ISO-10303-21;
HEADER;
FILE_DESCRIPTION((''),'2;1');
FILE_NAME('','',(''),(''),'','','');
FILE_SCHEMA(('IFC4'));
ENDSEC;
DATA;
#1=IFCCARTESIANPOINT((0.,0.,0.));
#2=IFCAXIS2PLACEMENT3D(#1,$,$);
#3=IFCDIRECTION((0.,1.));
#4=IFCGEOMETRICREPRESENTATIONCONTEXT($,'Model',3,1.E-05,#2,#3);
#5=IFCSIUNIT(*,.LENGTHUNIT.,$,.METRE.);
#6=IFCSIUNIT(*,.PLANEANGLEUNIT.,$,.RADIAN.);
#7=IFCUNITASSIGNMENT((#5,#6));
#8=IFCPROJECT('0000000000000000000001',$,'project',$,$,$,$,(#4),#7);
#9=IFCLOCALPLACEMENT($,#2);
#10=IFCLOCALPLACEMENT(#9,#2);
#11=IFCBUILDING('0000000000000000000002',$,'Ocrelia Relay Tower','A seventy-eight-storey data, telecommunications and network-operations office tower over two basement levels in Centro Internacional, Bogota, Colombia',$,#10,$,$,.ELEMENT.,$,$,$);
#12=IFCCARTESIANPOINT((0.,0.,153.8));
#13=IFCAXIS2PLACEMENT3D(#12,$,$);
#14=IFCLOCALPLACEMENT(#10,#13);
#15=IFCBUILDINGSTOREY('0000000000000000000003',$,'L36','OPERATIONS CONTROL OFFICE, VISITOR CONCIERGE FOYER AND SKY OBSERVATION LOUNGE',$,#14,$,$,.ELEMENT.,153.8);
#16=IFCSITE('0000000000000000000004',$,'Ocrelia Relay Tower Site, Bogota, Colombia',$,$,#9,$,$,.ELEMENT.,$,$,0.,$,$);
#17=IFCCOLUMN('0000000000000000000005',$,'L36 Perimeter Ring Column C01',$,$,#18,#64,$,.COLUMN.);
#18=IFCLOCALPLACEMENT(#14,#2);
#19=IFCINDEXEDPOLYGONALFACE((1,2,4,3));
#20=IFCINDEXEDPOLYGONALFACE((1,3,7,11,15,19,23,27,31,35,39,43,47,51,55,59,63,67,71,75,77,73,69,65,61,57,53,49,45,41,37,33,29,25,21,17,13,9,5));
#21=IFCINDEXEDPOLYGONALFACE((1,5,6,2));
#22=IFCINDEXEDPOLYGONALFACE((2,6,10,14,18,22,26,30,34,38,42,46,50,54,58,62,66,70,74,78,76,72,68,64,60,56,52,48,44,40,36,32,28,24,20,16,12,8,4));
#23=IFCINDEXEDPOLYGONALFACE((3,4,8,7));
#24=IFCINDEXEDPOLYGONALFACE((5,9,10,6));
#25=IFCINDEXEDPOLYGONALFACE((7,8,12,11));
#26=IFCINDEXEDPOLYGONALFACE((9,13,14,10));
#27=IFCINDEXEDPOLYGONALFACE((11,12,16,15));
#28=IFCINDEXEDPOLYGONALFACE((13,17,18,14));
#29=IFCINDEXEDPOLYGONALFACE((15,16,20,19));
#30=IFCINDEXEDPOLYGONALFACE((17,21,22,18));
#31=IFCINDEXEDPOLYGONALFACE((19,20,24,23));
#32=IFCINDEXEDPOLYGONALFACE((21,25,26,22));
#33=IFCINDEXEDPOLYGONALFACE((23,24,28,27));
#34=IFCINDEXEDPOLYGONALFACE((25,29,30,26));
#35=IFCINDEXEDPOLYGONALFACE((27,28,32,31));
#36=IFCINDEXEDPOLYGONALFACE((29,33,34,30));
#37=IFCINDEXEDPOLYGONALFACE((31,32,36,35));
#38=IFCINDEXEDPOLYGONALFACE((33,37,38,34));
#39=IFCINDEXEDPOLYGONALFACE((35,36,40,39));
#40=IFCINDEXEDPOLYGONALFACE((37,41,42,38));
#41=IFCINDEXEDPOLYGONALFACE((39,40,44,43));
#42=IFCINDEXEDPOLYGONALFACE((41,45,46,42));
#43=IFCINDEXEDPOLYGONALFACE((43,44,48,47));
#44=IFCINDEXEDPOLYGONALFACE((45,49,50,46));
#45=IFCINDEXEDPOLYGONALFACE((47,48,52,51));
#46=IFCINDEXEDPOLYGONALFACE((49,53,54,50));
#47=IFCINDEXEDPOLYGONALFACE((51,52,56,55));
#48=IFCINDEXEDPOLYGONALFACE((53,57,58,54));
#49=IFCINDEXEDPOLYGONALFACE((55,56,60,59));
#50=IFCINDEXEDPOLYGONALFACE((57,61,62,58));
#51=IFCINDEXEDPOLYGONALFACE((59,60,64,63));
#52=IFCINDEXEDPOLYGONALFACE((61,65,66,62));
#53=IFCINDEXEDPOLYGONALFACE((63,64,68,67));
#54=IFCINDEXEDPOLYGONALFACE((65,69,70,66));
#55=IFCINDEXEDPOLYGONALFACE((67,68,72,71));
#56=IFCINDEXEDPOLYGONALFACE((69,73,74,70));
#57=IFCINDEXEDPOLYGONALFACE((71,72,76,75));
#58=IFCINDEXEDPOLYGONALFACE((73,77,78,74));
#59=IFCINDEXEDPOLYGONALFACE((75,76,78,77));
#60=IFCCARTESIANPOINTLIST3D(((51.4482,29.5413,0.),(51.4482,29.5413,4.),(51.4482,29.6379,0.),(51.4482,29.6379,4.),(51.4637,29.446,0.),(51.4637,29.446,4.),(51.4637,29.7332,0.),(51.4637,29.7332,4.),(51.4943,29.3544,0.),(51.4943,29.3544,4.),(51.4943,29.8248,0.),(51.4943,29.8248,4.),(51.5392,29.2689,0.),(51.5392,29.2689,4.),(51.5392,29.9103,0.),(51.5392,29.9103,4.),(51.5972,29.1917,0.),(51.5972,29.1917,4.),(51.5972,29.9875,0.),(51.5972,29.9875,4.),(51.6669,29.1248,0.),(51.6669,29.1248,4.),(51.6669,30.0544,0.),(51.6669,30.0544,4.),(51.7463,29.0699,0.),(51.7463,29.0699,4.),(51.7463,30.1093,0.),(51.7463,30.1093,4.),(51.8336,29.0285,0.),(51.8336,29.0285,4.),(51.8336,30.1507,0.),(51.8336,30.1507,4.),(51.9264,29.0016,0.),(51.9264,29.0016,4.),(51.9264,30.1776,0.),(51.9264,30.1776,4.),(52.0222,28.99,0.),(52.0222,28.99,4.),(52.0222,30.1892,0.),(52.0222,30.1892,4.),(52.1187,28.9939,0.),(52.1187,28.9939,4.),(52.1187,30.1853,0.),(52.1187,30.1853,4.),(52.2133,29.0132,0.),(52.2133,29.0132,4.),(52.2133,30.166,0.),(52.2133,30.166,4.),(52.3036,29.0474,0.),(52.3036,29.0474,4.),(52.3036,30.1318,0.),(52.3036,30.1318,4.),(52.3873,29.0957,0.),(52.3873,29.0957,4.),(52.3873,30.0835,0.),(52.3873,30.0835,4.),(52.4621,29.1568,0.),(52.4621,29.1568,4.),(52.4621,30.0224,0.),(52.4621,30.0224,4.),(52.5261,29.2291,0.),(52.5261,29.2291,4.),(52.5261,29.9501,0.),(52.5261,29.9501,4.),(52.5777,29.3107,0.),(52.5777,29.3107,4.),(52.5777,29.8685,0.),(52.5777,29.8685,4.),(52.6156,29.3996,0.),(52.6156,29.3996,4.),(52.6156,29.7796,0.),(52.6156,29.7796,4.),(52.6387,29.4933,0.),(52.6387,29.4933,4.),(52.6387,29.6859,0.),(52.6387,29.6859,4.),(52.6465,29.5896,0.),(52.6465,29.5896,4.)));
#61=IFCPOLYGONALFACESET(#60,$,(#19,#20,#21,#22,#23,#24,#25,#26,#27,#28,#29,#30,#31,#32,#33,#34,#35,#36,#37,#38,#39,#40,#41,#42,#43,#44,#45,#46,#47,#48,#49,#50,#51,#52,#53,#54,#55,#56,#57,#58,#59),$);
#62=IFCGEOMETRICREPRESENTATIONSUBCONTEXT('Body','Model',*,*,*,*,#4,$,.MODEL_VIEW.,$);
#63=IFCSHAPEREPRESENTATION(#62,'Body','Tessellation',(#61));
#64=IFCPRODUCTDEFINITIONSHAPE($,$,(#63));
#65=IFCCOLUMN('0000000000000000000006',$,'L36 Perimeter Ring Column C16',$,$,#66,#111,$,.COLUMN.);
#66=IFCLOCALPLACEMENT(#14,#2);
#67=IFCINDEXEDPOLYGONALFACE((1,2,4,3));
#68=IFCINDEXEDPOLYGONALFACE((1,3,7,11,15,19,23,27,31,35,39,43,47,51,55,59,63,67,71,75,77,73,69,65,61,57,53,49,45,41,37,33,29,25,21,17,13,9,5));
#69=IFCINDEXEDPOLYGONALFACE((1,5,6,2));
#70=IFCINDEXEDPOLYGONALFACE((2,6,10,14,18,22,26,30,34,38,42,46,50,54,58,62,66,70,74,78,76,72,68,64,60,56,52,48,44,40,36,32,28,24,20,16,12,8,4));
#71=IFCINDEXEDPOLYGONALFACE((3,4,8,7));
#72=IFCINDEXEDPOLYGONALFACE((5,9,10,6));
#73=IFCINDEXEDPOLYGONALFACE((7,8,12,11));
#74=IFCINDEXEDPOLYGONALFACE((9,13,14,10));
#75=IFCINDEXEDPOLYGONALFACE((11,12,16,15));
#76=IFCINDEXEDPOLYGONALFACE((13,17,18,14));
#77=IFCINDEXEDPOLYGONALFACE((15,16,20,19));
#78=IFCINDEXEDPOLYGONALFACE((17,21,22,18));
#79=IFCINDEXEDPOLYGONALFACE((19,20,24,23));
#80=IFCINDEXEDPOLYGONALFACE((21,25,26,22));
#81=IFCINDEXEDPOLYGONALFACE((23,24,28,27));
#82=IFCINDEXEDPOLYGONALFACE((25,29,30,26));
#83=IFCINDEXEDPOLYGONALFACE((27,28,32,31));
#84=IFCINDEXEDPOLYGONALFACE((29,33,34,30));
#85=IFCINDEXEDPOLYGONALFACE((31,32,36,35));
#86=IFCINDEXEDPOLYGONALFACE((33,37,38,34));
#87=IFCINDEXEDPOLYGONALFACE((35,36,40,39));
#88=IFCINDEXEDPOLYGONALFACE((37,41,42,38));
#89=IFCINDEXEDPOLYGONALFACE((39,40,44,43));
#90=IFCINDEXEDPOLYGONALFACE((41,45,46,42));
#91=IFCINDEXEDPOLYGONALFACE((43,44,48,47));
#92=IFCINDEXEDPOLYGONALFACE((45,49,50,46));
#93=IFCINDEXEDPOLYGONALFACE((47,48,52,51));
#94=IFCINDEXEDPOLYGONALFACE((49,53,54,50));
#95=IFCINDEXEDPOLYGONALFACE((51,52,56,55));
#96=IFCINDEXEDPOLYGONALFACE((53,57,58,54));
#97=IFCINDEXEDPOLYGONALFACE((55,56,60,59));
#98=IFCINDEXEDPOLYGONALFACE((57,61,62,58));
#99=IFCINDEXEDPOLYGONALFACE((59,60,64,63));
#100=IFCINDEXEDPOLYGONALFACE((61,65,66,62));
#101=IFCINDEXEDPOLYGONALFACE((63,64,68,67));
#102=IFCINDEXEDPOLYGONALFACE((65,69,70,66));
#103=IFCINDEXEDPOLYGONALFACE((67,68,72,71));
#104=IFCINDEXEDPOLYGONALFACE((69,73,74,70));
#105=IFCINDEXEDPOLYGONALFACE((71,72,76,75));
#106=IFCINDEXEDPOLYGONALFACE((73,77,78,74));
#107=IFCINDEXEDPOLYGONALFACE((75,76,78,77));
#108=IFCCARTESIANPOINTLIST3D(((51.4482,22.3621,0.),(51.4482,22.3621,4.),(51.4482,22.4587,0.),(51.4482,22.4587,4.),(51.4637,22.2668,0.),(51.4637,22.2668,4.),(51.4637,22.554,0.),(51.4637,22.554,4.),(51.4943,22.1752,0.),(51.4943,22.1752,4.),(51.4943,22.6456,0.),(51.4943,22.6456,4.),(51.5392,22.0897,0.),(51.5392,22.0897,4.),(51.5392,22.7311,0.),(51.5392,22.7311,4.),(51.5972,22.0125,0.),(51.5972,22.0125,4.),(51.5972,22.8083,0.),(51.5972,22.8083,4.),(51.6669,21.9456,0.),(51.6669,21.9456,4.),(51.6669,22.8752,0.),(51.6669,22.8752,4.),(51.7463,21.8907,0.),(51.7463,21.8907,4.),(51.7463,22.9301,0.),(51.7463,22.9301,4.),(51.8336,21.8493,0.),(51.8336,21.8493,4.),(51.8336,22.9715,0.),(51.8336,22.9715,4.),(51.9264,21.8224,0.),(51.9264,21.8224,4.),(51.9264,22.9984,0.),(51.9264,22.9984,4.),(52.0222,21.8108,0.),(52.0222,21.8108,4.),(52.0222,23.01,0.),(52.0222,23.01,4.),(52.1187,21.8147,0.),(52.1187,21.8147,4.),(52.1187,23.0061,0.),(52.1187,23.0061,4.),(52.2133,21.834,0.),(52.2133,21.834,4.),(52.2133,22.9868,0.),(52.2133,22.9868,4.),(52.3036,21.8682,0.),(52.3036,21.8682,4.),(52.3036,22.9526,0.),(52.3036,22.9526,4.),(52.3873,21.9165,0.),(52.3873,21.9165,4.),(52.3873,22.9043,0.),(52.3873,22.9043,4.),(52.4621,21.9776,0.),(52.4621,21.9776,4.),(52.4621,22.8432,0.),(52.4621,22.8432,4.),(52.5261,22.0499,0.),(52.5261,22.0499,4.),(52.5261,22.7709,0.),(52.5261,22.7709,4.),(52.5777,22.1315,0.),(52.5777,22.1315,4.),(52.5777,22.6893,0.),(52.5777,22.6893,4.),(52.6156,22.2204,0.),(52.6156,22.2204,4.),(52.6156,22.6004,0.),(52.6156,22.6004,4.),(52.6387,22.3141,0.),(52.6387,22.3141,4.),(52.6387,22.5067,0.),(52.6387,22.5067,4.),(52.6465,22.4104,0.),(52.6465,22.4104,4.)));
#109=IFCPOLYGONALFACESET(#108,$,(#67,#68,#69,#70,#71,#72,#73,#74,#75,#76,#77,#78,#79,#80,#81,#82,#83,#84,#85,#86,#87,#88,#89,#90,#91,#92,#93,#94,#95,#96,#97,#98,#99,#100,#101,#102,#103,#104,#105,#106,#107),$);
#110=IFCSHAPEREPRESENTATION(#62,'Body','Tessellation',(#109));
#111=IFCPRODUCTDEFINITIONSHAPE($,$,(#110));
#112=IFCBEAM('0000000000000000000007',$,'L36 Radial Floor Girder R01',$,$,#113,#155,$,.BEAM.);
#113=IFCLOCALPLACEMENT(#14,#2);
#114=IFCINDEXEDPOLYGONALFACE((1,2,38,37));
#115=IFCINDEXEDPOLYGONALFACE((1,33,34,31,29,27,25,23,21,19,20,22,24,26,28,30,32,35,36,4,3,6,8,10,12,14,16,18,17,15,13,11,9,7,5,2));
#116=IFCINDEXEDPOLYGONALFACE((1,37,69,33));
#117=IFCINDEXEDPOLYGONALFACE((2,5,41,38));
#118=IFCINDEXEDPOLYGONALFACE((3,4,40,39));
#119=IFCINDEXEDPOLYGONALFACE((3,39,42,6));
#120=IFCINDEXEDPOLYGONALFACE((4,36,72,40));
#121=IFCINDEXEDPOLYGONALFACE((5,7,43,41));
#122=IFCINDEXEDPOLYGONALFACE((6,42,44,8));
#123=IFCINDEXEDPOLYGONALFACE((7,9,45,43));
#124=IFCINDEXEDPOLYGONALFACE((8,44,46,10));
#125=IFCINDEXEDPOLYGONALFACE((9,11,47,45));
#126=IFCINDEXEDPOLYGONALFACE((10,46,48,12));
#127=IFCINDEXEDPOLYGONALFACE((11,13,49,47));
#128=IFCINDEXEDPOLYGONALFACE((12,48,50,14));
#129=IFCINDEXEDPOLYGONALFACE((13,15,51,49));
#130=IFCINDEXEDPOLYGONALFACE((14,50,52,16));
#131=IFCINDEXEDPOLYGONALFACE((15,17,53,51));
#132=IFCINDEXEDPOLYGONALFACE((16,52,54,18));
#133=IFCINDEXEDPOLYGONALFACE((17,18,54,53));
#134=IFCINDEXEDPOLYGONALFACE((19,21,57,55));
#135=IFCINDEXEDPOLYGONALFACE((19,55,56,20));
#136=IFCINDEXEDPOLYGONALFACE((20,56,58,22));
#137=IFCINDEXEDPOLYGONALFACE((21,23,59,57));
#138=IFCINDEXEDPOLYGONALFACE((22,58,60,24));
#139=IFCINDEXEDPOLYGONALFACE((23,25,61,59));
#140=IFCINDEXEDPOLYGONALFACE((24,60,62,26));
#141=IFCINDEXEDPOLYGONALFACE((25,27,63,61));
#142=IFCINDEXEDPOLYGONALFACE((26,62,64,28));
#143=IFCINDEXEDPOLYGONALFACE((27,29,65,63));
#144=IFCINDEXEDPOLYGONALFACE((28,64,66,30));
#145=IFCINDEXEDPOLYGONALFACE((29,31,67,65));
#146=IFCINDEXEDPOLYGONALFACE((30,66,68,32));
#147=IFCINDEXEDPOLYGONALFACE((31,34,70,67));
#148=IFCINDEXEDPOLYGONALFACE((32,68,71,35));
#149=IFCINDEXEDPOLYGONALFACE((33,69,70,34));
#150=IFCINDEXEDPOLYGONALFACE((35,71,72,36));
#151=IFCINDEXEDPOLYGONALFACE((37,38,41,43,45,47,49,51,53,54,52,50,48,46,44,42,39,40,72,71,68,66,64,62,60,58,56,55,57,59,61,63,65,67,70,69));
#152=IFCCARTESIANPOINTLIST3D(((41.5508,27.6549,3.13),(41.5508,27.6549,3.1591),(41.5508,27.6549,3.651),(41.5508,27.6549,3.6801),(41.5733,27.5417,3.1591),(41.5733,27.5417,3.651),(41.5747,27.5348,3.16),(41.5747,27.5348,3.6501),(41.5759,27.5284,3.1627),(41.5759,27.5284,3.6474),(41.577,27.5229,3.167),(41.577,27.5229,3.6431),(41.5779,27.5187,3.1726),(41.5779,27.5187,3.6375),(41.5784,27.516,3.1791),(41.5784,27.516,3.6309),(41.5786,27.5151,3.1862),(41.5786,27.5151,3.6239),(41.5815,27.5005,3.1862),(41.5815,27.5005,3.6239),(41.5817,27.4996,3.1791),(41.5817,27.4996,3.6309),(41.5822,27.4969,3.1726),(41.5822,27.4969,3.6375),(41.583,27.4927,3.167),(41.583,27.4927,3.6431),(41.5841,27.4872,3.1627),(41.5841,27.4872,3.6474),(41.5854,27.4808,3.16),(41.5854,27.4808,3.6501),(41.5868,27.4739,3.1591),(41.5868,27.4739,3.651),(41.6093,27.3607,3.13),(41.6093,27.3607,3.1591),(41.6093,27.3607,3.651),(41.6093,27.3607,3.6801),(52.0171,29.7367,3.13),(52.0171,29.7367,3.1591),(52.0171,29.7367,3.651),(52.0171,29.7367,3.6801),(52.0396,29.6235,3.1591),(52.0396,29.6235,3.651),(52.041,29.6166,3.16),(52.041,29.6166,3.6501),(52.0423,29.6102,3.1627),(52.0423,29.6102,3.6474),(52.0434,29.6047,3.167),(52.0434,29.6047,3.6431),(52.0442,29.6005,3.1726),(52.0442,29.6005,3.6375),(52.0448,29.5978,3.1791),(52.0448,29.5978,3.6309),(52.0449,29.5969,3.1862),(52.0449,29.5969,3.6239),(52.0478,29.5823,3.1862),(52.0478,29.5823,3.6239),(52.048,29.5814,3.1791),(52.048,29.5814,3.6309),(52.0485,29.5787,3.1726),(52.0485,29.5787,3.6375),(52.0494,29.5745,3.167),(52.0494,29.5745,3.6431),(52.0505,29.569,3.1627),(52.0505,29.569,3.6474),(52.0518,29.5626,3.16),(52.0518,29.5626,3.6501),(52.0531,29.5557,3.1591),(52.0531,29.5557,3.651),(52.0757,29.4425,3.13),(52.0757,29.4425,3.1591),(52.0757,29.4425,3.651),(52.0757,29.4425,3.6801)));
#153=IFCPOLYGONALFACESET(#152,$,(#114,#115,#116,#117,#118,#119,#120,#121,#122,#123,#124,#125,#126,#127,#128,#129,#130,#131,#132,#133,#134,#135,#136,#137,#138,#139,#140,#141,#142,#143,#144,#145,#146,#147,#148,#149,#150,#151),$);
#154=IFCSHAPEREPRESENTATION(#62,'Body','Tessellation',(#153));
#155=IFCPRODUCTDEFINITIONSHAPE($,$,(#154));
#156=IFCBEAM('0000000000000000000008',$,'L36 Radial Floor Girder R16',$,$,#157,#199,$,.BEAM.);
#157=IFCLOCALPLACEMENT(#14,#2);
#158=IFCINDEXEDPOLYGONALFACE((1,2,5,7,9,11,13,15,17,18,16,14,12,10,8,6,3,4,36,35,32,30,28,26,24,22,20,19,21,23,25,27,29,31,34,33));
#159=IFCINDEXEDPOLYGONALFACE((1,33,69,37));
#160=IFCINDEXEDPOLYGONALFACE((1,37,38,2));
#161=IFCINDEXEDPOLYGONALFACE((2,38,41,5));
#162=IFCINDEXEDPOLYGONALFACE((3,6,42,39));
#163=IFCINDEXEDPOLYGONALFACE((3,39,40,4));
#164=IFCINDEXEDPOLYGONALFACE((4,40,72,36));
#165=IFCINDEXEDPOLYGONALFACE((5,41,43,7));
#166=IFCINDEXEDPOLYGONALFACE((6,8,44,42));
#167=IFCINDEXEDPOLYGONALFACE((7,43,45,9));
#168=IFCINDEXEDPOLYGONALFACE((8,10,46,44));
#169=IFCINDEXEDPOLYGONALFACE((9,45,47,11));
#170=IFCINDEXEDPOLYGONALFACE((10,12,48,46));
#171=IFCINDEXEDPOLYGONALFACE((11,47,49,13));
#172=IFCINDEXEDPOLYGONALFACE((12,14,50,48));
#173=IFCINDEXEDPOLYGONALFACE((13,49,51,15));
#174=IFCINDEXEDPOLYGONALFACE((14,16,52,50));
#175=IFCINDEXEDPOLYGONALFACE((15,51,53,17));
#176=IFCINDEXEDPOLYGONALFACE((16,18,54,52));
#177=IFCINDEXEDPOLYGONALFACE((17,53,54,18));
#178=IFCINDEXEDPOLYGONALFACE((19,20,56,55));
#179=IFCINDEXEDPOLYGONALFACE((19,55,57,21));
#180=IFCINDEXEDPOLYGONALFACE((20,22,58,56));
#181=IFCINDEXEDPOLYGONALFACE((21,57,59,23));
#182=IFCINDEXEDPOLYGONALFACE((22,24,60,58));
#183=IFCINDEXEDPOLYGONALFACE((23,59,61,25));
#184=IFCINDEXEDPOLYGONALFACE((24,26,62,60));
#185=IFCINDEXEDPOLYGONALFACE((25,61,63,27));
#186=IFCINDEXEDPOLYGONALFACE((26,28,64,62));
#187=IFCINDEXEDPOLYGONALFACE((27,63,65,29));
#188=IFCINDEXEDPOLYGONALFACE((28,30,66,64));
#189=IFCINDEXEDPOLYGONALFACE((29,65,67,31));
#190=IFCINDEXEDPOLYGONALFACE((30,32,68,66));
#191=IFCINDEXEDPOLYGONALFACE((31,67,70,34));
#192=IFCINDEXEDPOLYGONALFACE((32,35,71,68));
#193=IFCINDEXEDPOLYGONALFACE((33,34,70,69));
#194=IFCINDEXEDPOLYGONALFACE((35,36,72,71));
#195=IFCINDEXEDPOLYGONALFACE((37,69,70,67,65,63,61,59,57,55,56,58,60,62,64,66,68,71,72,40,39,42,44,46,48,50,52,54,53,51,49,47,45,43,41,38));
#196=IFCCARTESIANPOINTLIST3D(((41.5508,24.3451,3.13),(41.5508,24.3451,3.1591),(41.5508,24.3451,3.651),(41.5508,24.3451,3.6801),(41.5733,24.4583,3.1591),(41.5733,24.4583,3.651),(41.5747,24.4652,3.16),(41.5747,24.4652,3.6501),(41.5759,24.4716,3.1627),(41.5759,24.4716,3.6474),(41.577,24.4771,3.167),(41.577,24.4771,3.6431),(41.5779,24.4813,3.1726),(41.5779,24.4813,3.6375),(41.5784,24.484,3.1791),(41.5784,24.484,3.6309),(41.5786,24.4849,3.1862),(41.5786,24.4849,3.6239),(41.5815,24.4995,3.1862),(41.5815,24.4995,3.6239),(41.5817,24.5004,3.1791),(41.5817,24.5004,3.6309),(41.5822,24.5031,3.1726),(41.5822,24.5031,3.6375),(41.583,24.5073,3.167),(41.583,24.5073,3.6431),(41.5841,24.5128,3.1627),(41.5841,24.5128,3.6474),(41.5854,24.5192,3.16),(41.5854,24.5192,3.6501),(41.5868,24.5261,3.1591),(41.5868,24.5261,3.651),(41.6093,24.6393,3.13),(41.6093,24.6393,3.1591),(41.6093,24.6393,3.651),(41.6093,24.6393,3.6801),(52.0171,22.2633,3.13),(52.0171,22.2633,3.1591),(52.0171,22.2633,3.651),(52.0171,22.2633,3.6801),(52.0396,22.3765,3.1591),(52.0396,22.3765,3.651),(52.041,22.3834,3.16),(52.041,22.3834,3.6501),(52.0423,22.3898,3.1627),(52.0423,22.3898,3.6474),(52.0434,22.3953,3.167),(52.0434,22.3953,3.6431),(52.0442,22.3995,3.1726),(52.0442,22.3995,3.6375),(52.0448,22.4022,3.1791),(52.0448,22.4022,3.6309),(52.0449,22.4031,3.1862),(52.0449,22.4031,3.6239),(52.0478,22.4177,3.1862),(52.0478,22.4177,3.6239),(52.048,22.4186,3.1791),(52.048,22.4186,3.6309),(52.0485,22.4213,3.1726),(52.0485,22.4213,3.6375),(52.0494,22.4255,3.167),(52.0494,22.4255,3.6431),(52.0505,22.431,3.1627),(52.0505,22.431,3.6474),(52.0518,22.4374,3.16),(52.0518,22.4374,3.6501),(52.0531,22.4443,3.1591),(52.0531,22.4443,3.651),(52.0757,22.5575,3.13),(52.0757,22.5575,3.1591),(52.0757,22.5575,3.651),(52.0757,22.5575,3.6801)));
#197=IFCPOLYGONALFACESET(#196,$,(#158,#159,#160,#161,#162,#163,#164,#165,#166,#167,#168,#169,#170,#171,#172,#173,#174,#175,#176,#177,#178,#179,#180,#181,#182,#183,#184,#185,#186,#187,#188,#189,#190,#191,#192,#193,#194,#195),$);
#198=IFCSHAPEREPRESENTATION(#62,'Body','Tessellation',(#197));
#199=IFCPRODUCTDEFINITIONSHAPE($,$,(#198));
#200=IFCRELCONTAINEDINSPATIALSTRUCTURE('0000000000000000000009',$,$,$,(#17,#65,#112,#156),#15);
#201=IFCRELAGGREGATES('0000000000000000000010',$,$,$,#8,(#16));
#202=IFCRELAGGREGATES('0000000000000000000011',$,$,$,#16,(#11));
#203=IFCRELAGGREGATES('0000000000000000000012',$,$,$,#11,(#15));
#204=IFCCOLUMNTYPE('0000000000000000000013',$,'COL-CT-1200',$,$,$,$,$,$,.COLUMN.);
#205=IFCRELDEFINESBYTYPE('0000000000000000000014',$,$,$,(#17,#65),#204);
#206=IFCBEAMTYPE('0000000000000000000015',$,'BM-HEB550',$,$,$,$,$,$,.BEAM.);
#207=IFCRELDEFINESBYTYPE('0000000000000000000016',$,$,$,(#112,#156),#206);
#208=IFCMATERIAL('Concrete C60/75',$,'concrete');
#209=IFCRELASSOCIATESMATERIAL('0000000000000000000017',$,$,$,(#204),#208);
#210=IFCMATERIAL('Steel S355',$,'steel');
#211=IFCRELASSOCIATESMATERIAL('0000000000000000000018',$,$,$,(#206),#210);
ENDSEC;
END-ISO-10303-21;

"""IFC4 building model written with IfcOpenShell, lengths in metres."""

from ifc_helpers import new_model, si_unit, direction, frame, origin, origin_2d, place, context, subcontext, project, spatial, circle, i_section, extrude, material, material_profile, profile_set, type_object, element, save


model = new_model("IFC4")

# Units and contexts
model_context = context("Model", 3, precision=1e-05, world=origin(), true_north=direction((0.0, 1.0)))
body_context = subcontext(model_context, "Body", "Model", "MODEL_VIEW")
ifc_project = project(units=[si_unit("LENGTHUNIT", "METRE"), si_unit("PLANEANGLEUNIT", "RADIAN")], contexts=[model_context])

# Site, building, storey
site_placement = place(None, origin())
site = spatial("IfcSite", under=ifc_project, at=site_placement, Name="Ocrelia Relay Tower Site, Bogota, Colombia", CompositionType="ELEMENT", RefElevation=0.0)
building_placement = place(site_placement, origin())
building = spatial("IfcBuilding", under=site, at=building_placement, Name="Ocrelia Relay Tower", Description="A seventy-eight-storey data, telecommunications and network-operations office tower over two basement levels in Centro Internacional, Bogota, Colombia", CompositionType="ELEMENT")
storey_placement = place(building_placement, frame((0.0, 0.0, 153.8)))
storey = spatial("IfcBuildingStorey", under=building, at=storey_placement, Name="L36", Description="OPERATIONS CONTROL OFFICE, VISITOR CONCIERGE FOYER AND SKY OBSERVATION LOUNGE", CompositionType="ELEMENT", Elevation=153.8)

# Columns
ifc_material_1 = material(Name="Concrete C60/75", Category="concrete")
ifc_material_profile_1 = material_profile(ifc_material_1, circle(Radius=0.6001, at=origin_2d()), Name="RC-CIR-1200")
ifc_profile_set_1 = profile_set([ifc_material_profile_1], Name="Concrete C60/75")
column_type = type_object("IfcColumnType", Name="COL-CT-1200", PredefinedType="COLUMN", material=ifc_profile_set_1)
for number, where, z_axis, x_axis, name in (
    (1, (52.0464, 29.5896, 0.0), (0.0, 0.0, 1.0), (1.0, 0.0, 0.0), "L36 Perimeter Ring Column C01"),
    (2, (52.0464, 22.4104, 0.0), (0.0, 0.0, 1.0), (1.0, 0.0, 0.0), "L36 Perimeter Ring Column C16"),
):
    element("IfcColumn", number, at=place(storey_placement, frame(where, z_axis=z_axis, x_axis=x_axis)), inside=storey, type_object=column_type, Name=name, PredefinedType="COLUMN", context=body_context, shape_type="SweptSolid", body=[
        extrude(circle(Radius=0.6001, at=origin_2d()), origin(), (0.0, 0.0, 1.0), 4.0),
    ])

# Beams
ifc_material_2 = material(Name="Steel S355", Category="steel")
ifc_material_profile_2 = material_profile(ifc_material_2, i_section(OverallWidth=0.3, OverallDepth=0.55, WebThickness=0.0149, FlangeThickness=0.0291, FilletRadius=0.0271, at=origin_2d()), Name="HEB 550")
ifc_profile_set_2 = profile_set([ifc_material_profile_2], Name="Steel S355")
beam_type_1 = type_object("IfcBeamType", Name="BM-HEB550", PredefinedType="BEAM", material=ifc_profile_set_2)
for number, where, z_axis, x_axis, name in (
    (3, (52.0464, 29.5896, 3.405), (-0.980787, -0.195082, 0.0), (0.195082, -0.980787, 0.0), "L36 Radial Floor Girder R01"),
    (4, (52.0464, 22.4104, 3.405), (-0.980787, 0.195082, 0.0), (-0.195082, -0.980787, 0.0), "L36 Radial Floor Girder R16"),
):
    element("IfcBeam", number, at=place(storey_placement, frame(where, z_axis=z_axis, x_axis=x_axis)), inside=storey, type_object=beam_type_1, Name=name, PredefinedType="BEAM", context=body_context, shape_type="SweptSolid", body=[
        extrude(i_section(OverallWidth=0.3, OverallDepth=0.55, WebThickness=0.0149, FlangeThickness=0.0291, FilletRadius=0.0271, at=origin_2d()), origin(), (0.0, 0.0, 1.0), 10.6714),
    ])

save(model, "model.ifc")
